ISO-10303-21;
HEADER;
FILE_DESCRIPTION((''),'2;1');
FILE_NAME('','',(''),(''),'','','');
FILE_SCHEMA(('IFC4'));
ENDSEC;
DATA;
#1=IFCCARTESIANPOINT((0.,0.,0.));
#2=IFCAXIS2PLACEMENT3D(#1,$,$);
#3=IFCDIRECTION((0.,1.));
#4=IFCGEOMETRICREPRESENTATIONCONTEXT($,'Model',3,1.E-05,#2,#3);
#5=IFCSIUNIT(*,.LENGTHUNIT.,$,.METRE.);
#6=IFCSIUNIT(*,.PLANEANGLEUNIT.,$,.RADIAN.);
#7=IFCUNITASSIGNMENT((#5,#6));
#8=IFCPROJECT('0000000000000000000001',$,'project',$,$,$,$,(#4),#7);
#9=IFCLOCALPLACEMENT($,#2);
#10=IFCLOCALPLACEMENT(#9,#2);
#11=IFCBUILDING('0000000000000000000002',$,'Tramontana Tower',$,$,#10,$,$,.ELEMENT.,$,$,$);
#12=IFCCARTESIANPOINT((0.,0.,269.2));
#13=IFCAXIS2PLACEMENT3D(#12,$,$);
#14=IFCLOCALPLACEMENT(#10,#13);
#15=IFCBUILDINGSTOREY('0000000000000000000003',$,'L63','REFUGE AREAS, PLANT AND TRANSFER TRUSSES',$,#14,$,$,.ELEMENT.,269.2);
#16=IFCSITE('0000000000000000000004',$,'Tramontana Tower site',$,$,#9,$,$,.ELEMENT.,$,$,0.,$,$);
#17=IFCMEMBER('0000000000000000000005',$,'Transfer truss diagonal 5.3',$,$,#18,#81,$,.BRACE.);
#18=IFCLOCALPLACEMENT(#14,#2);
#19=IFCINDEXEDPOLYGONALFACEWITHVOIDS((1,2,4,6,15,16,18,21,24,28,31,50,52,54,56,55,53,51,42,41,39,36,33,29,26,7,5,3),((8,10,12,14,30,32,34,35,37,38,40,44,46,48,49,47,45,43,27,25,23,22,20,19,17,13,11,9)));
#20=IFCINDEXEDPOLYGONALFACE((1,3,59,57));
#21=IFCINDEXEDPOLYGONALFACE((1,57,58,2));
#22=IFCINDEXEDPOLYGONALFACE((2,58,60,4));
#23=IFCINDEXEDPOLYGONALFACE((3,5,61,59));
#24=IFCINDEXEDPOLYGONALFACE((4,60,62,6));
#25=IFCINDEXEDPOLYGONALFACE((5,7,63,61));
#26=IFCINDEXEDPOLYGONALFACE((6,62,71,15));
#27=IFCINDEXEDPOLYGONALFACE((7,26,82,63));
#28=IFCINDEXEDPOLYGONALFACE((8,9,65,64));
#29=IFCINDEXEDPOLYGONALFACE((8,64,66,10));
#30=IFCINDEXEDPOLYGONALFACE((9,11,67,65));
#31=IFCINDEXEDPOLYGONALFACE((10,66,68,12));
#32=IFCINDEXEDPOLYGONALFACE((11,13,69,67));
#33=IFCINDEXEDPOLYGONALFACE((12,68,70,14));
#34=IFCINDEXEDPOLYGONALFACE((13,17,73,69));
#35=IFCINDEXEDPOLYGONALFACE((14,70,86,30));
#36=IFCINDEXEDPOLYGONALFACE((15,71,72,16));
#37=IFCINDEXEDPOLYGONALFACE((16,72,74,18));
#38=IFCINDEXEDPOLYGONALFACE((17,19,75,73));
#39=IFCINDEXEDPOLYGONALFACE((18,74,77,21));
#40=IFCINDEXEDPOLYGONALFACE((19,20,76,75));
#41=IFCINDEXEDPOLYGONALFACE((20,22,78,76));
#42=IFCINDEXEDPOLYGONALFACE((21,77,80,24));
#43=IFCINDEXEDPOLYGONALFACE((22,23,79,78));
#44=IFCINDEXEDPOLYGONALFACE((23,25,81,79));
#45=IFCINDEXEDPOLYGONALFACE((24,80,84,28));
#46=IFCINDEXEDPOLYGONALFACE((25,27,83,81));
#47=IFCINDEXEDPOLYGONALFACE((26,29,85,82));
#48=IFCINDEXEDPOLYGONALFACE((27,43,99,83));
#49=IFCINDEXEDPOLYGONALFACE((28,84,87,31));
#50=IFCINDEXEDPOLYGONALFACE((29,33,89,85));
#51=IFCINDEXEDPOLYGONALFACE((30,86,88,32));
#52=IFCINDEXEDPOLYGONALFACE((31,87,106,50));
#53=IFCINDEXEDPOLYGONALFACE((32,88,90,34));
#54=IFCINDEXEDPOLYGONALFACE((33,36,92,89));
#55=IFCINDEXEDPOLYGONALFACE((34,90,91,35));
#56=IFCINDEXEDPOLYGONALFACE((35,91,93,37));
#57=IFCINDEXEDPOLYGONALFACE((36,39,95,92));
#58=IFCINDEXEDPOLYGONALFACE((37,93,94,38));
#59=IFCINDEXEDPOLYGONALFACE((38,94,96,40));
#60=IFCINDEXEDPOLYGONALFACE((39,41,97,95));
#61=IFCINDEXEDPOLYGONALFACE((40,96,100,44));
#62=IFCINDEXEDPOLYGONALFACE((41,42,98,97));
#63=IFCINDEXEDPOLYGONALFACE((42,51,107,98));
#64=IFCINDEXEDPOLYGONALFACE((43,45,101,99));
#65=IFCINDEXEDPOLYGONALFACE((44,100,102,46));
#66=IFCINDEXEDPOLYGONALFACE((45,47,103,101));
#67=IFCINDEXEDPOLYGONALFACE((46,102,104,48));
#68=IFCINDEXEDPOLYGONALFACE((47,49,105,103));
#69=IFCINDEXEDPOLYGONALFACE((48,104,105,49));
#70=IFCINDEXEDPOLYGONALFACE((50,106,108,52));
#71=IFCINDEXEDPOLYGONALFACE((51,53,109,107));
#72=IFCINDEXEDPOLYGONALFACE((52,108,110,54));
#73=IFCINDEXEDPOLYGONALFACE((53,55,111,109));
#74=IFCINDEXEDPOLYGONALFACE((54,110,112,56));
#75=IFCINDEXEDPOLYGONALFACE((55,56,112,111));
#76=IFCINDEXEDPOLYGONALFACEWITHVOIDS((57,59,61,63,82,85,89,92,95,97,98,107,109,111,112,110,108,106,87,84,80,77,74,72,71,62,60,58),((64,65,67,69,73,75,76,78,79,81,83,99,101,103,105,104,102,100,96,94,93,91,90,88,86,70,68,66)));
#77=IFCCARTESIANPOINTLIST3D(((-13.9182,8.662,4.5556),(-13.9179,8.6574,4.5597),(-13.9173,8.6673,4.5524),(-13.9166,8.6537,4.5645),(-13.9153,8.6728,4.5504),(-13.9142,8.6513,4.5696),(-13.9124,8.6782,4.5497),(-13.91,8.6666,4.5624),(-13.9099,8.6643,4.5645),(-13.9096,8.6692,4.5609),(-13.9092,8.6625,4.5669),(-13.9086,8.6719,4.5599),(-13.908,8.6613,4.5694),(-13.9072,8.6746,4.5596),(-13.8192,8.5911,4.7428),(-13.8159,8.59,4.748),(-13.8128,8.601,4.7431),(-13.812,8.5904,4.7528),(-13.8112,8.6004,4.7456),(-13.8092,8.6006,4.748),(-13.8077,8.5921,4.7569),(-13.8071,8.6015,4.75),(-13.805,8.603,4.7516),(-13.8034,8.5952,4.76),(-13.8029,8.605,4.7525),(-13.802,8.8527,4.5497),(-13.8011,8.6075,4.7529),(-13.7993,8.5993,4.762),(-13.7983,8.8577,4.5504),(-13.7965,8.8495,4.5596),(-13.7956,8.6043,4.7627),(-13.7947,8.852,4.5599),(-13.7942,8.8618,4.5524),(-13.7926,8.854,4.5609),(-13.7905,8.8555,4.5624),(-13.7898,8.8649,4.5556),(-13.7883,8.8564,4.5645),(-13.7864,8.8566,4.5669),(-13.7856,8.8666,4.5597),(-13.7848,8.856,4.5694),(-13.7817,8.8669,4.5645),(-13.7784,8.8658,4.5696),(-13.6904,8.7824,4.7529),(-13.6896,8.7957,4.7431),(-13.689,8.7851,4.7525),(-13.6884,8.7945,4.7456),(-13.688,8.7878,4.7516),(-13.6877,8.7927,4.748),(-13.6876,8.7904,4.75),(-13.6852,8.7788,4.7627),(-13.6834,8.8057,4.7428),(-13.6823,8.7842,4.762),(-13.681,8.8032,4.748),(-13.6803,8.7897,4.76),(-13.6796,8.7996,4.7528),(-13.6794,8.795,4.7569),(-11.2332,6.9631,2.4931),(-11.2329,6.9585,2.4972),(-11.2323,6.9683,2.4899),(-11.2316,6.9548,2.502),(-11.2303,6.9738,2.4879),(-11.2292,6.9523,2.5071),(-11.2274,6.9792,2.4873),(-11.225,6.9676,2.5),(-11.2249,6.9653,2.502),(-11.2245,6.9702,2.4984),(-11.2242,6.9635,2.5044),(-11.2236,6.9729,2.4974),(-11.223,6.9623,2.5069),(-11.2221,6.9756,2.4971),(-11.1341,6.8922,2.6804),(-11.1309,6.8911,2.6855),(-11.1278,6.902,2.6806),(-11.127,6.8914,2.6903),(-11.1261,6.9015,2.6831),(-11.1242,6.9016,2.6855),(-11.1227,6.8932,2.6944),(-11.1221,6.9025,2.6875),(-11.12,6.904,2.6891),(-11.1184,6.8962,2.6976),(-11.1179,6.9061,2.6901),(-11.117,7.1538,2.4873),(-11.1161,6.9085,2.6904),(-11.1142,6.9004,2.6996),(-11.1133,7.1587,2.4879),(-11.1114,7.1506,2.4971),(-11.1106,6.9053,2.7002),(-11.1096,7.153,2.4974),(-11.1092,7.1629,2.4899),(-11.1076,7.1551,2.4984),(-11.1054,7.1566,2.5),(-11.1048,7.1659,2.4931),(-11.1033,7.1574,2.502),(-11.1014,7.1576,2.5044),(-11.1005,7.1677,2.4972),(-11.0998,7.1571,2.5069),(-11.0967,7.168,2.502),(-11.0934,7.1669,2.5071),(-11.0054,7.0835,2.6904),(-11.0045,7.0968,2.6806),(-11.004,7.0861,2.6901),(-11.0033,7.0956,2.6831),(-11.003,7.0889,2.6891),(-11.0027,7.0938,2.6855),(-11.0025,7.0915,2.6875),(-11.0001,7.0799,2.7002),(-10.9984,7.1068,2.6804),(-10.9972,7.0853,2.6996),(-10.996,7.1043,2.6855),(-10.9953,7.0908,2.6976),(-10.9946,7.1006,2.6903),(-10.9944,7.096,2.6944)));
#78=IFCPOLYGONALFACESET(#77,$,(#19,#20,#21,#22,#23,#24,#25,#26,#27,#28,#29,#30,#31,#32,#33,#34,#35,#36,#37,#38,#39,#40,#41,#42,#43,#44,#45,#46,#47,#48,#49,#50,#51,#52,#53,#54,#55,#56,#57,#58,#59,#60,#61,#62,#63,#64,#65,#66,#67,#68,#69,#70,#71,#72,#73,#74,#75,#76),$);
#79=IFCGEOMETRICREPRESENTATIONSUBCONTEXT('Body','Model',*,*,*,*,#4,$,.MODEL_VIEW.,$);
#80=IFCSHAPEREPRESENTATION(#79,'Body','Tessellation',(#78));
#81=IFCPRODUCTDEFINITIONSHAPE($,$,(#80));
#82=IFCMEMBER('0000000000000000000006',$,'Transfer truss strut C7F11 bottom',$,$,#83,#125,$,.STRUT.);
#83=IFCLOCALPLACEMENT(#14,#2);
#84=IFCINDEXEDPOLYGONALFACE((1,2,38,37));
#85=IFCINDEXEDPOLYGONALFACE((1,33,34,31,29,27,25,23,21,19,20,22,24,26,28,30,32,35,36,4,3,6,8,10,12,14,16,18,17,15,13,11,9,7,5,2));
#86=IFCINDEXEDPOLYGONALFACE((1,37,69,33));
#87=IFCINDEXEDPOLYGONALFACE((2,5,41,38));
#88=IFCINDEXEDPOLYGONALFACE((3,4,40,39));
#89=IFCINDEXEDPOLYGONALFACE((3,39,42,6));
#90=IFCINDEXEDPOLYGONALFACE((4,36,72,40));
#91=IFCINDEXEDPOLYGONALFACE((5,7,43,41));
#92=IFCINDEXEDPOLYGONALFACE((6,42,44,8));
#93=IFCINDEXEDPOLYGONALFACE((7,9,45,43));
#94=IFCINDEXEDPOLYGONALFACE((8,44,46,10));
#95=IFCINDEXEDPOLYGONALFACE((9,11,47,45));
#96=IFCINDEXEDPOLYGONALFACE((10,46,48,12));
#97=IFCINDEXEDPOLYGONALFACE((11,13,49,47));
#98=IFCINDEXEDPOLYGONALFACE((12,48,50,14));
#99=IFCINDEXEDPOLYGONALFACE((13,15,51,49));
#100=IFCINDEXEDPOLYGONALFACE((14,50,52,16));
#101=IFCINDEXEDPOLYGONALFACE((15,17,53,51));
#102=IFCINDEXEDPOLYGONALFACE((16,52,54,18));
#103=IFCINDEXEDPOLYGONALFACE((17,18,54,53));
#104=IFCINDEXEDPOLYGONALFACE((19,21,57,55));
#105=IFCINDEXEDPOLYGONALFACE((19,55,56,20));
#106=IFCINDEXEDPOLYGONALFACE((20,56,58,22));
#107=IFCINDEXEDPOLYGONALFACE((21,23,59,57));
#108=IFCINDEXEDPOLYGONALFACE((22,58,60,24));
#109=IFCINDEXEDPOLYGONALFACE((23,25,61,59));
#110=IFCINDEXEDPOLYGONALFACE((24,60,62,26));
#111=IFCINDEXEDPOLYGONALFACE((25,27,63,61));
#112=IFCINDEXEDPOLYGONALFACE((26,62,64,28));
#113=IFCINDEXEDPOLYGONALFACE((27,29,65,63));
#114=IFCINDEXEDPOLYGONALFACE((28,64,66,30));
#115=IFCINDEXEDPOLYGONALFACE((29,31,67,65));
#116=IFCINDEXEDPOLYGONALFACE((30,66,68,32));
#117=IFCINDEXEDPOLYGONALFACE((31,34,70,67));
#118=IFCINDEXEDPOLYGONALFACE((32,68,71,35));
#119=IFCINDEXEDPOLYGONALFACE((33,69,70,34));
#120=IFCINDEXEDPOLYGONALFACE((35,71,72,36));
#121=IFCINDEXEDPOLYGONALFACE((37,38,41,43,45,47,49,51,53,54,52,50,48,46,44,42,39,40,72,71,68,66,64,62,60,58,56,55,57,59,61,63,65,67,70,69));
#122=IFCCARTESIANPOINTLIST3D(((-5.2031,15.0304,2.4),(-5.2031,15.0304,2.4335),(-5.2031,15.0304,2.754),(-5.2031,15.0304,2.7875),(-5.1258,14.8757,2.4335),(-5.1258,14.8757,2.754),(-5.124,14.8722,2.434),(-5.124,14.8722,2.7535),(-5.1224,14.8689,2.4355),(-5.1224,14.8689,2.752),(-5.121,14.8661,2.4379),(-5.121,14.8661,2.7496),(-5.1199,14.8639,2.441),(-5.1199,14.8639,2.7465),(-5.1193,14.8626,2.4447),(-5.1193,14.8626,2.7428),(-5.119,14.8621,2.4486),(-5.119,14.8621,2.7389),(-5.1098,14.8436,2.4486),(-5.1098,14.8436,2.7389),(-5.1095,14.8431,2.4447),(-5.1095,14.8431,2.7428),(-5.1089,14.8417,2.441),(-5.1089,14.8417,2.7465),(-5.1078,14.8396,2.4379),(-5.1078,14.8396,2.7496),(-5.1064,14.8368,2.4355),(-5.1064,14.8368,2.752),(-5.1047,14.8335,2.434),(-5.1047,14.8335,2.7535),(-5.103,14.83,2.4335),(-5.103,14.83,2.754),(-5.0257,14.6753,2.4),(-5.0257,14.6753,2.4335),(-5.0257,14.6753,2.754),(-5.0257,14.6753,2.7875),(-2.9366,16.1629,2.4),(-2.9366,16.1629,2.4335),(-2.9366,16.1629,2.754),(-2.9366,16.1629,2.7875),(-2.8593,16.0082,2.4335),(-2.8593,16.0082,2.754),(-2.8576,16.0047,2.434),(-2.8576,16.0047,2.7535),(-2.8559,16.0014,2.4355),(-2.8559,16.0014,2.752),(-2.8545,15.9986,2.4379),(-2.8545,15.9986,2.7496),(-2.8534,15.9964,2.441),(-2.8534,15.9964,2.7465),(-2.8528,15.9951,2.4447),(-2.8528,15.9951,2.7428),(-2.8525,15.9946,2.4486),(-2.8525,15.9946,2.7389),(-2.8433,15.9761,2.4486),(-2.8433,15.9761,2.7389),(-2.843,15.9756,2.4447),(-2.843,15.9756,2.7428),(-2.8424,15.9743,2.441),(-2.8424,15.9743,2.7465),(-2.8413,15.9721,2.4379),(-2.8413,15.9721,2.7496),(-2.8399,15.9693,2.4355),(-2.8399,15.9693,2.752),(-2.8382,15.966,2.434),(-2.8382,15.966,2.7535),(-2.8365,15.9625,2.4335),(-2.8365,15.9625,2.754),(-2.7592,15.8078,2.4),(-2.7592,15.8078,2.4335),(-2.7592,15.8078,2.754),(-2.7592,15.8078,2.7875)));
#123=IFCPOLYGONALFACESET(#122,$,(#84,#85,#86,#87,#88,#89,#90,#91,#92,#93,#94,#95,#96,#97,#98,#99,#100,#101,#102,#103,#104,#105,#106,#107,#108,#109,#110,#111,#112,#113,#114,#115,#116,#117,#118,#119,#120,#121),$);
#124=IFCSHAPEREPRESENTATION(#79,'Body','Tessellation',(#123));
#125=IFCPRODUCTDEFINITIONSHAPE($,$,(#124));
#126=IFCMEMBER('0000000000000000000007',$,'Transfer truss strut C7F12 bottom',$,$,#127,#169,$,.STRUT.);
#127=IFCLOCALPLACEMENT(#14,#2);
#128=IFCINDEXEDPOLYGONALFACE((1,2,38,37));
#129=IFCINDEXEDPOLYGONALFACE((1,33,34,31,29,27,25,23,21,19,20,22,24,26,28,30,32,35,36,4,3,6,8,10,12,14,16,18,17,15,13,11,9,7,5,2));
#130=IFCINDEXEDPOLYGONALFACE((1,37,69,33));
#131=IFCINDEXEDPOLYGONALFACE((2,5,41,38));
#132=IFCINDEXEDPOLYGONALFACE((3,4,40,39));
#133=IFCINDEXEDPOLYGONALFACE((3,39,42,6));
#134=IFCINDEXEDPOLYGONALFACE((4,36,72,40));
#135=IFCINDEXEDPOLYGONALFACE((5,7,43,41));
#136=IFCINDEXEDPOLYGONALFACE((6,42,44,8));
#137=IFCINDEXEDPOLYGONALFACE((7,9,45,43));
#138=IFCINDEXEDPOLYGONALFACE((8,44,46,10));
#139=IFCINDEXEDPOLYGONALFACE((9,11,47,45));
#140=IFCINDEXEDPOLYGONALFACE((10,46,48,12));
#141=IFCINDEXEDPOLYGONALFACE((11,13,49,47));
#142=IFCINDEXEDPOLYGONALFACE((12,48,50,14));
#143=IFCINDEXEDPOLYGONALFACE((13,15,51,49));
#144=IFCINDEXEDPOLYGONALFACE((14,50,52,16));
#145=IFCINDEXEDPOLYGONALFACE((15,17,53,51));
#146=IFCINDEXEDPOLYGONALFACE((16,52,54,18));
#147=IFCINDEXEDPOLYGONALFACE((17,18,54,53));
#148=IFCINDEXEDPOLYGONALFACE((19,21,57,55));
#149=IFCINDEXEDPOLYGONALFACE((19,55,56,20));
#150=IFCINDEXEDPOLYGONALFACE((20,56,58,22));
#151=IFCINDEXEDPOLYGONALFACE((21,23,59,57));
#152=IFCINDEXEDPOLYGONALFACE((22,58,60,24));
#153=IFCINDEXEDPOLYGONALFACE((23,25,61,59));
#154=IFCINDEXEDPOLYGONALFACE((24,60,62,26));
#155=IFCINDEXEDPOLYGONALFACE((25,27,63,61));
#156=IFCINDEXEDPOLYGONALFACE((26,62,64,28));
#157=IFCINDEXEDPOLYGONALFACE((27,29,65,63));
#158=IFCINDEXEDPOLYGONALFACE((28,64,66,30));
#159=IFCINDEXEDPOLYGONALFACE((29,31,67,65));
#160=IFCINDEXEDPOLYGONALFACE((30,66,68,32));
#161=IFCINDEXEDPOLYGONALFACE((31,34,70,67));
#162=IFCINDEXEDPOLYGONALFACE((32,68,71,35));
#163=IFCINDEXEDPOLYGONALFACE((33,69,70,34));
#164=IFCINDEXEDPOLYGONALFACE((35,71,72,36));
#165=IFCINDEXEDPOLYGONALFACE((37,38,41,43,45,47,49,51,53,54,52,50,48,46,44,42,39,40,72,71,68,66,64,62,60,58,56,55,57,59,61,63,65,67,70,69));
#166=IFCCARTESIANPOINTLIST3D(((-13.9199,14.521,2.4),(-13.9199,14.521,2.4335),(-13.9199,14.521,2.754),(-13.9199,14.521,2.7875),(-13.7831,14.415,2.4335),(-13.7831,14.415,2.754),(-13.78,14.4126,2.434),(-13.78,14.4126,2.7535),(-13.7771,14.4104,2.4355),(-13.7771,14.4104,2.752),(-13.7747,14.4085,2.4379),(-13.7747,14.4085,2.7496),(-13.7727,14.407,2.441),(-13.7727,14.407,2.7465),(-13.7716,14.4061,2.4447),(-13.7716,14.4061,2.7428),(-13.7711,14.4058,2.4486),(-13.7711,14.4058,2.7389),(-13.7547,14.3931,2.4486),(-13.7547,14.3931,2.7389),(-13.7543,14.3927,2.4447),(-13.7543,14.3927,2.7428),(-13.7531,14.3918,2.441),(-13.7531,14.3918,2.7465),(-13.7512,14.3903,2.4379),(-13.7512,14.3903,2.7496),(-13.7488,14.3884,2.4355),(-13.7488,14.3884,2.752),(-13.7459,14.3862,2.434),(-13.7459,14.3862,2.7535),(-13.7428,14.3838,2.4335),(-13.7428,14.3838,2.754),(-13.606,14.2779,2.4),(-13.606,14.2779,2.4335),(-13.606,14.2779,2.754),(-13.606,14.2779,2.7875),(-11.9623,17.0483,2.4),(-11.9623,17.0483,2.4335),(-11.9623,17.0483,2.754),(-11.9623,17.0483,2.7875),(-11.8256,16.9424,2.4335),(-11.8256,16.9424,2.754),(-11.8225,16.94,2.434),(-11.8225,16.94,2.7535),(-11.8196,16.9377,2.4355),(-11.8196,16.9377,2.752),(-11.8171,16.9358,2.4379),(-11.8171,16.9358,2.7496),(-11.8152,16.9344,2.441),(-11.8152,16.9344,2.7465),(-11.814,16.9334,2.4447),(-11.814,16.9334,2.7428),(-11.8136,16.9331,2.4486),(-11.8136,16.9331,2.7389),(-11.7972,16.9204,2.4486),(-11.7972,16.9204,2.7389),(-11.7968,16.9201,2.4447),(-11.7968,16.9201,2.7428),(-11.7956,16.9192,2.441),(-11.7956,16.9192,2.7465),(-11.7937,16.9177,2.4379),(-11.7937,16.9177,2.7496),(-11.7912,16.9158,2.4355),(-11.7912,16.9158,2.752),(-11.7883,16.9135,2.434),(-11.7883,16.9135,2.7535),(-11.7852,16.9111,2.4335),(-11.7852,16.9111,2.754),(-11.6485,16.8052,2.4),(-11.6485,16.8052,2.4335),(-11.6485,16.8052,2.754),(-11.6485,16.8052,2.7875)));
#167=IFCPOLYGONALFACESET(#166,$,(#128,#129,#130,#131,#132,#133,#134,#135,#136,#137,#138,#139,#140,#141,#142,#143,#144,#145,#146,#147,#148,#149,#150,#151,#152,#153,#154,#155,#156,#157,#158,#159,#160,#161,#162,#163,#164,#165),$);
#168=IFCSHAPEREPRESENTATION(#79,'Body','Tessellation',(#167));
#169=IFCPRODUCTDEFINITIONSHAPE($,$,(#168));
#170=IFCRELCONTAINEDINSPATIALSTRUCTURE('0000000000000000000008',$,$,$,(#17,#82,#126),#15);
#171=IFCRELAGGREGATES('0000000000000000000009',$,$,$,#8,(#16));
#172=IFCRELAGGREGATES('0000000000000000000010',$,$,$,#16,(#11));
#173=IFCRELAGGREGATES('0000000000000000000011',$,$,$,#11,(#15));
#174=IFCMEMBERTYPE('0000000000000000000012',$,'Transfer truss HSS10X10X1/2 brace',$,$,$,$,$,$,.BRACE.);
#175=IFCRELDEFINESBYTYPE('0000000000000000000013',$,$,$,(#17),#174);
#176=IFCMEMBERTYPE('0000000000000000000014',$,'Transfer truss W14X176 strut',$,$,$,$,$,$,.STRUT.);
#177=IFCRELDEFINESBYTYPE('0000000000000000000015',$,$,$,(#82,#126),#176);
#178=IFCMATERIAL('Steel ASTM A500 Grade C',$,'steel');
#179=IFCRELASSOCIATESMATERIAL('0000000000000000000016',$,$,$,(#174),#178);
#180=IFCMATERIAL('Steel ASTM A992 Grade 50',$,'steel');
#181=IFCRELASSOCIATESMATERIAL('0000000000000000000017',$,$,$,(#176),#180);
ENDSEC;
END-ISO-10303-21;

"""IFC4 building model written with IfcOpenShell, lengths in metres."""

from ifc_helpers import new_model, si_unit, direction, frame, origin, origin_2d, place, context, subcontext, project, spatial, hollow_rectangle, i_section, extrude, material, material_profile, profile_set, type_object, element, save


model = new_model("IFC4")

# Units and contexts
model_context = context("Model", 3, precision=1e-05, world=origin(), true_north=direction((0.0, 1.0)))
body_context = subcontext(model_context, "Body", "Model", "MODEL_VIEW")
ifc_project = project(units=[si_unit("LENGTHUNIT", "METRE"), si_unit("PLANEANGLEUNIT", "RADIAN")], contexts=[model_context])

# Site, building, storey
site_placement = place(None, origin())
site = spatial("IfcSite", under=ifc_project, at=site_placement, Name="Tramontana Tower site", CompositionType="ELEMENT", RefElevation=0.0)
building_placement = place(site_placement, origin())
building = spatial("IfcBuilding", under=site, at=building_placement, Name="Tramontana Tower", CompositionType="ELEMENT")
storey_placement = place(building_placement, frame((0.0, 0.0, 269.2)))
storey = spatial("IfcBuildingStorey", under=building, at=storey_placement, Name="L63", Description="REFUGE AREAS, PLANT AND TRANSFER TRUSSES", CompositionType="ELEMENT", Elevation=269.2)

# Members
ifc_material_1 = material(Name="Steel ASTM A500 Grade C", Category="steel")
ifc_material_profile_1 = material_profile(ifc_material_1, hollow_rectangle(XDim=0.2539, YDim=0.2539, WallThickness=0.0117, InnerFilletRadius=0.0117, OuterFilletRadius=0.0237, at=origin_2d()), Name="HSS10X10X1/2")
ifc_profile_set_1 = profile_set([ifc_material_profile_1], Name="Steel ASTM A500 Grade C")
member_type_1 = type_object("IfcMemberType", Name="Transfer truss HSS10X10X1/2 brace", PredefinedType="BRACE", material=ifc_profile_set_1)
member_1_placement = place(storey_placement, frame((-11.1138, 7.0295, 2.5938), z_axis=(-0.708808, 0.448499, 0.544463), x_axis=(-0.534701, -0.845041, 0.0)))
element("IfcMember", 1, at=member_1_placement, inside=storey, type_object=member_type_1, Name="Transfer truss diagonal 5.3", PredefinedType="BRACE", context=body_context, shape_type="SweptSolid", body=[
    extrude(hollow_rectangle(XDim=0.2539, YDim=0.2539, WallThickness=0.0117, InnerFilletRadius=0.0117, OuterFilletRadius=0.0237, at=origin_2d()), origin(), (0.0, 0.0, 1.0), 3.7881),
])
ifc_material_2 = material(Name="Steel ASTM A992 Grade 50", Category="steel")
ifc_material_profile_2 = material_profile(ifc_material_2, i_section(OverallWidth=0.397, OverallDepth=0.3875, WebThickness=0.0208, FlangeThickness=0.0334, FilletRadius=0.0151, at=origin_2d()), Name="W14X176")
ifc_profile_set_2 = profile_set([ifc_material_profile_2], Name="Steel ASTM A992 Grade 50")
member_type_2 = type_object("IfcMemberType", Name="Transfer truss W14X176 strut", PredefinedType="STRUT", material=ifc_profile_set_2)
member_2_placement = place(storey_placement, frame((-2.8479, 15.9854, 2.5938), z_axis=(-0.894543, -0.446982, 0.0), x_axis=(0.446982, -0.894543, 0.0)))
element("IfcMember", 2, at=member_2_placement, inside=storey, type_object=member_type_2, Name="Transfer truss strut C7F11 bottom", PredefinedType="STRUT", context=body_context, shape_type="SweptSolid", body=[
    extrude(i_section(OverallWidth=0.397, OverallDepth=0.3875, WebThickness=0.0208, FlangeThickness=0.0334, FilletRadius=0.0151, at=origin_2d()), origin(), (0.0, 0.0, 1.0), 2.5337),
])
member_3_placement = place(storey_placement, frame((-11.8054, 16.9268, 2.5938), z_axis=(-0.612343, -0.790593, 0.0), x_axis=(0.790593, -0.612343, 0.0)))
element("IfcMember", 3, at=member_3_placement, inside=storey, type_object=member_type_2, Name="Transfer truss strut C7F12 bottom", PredefinedType="STRUT", context=body_context, shape_type="SweptSolid", body=[
    extrude(i_section(OverallWidth=0.397, OverallDepth=0.3875, WebThickness=0.0208, FlangeThickness=0.0334, FilletRadius=0.0151, at=origin_2d()), origin(), (0.0, 0.0, 1.0), 3.1968),
])

save(model, "model.ifc")
